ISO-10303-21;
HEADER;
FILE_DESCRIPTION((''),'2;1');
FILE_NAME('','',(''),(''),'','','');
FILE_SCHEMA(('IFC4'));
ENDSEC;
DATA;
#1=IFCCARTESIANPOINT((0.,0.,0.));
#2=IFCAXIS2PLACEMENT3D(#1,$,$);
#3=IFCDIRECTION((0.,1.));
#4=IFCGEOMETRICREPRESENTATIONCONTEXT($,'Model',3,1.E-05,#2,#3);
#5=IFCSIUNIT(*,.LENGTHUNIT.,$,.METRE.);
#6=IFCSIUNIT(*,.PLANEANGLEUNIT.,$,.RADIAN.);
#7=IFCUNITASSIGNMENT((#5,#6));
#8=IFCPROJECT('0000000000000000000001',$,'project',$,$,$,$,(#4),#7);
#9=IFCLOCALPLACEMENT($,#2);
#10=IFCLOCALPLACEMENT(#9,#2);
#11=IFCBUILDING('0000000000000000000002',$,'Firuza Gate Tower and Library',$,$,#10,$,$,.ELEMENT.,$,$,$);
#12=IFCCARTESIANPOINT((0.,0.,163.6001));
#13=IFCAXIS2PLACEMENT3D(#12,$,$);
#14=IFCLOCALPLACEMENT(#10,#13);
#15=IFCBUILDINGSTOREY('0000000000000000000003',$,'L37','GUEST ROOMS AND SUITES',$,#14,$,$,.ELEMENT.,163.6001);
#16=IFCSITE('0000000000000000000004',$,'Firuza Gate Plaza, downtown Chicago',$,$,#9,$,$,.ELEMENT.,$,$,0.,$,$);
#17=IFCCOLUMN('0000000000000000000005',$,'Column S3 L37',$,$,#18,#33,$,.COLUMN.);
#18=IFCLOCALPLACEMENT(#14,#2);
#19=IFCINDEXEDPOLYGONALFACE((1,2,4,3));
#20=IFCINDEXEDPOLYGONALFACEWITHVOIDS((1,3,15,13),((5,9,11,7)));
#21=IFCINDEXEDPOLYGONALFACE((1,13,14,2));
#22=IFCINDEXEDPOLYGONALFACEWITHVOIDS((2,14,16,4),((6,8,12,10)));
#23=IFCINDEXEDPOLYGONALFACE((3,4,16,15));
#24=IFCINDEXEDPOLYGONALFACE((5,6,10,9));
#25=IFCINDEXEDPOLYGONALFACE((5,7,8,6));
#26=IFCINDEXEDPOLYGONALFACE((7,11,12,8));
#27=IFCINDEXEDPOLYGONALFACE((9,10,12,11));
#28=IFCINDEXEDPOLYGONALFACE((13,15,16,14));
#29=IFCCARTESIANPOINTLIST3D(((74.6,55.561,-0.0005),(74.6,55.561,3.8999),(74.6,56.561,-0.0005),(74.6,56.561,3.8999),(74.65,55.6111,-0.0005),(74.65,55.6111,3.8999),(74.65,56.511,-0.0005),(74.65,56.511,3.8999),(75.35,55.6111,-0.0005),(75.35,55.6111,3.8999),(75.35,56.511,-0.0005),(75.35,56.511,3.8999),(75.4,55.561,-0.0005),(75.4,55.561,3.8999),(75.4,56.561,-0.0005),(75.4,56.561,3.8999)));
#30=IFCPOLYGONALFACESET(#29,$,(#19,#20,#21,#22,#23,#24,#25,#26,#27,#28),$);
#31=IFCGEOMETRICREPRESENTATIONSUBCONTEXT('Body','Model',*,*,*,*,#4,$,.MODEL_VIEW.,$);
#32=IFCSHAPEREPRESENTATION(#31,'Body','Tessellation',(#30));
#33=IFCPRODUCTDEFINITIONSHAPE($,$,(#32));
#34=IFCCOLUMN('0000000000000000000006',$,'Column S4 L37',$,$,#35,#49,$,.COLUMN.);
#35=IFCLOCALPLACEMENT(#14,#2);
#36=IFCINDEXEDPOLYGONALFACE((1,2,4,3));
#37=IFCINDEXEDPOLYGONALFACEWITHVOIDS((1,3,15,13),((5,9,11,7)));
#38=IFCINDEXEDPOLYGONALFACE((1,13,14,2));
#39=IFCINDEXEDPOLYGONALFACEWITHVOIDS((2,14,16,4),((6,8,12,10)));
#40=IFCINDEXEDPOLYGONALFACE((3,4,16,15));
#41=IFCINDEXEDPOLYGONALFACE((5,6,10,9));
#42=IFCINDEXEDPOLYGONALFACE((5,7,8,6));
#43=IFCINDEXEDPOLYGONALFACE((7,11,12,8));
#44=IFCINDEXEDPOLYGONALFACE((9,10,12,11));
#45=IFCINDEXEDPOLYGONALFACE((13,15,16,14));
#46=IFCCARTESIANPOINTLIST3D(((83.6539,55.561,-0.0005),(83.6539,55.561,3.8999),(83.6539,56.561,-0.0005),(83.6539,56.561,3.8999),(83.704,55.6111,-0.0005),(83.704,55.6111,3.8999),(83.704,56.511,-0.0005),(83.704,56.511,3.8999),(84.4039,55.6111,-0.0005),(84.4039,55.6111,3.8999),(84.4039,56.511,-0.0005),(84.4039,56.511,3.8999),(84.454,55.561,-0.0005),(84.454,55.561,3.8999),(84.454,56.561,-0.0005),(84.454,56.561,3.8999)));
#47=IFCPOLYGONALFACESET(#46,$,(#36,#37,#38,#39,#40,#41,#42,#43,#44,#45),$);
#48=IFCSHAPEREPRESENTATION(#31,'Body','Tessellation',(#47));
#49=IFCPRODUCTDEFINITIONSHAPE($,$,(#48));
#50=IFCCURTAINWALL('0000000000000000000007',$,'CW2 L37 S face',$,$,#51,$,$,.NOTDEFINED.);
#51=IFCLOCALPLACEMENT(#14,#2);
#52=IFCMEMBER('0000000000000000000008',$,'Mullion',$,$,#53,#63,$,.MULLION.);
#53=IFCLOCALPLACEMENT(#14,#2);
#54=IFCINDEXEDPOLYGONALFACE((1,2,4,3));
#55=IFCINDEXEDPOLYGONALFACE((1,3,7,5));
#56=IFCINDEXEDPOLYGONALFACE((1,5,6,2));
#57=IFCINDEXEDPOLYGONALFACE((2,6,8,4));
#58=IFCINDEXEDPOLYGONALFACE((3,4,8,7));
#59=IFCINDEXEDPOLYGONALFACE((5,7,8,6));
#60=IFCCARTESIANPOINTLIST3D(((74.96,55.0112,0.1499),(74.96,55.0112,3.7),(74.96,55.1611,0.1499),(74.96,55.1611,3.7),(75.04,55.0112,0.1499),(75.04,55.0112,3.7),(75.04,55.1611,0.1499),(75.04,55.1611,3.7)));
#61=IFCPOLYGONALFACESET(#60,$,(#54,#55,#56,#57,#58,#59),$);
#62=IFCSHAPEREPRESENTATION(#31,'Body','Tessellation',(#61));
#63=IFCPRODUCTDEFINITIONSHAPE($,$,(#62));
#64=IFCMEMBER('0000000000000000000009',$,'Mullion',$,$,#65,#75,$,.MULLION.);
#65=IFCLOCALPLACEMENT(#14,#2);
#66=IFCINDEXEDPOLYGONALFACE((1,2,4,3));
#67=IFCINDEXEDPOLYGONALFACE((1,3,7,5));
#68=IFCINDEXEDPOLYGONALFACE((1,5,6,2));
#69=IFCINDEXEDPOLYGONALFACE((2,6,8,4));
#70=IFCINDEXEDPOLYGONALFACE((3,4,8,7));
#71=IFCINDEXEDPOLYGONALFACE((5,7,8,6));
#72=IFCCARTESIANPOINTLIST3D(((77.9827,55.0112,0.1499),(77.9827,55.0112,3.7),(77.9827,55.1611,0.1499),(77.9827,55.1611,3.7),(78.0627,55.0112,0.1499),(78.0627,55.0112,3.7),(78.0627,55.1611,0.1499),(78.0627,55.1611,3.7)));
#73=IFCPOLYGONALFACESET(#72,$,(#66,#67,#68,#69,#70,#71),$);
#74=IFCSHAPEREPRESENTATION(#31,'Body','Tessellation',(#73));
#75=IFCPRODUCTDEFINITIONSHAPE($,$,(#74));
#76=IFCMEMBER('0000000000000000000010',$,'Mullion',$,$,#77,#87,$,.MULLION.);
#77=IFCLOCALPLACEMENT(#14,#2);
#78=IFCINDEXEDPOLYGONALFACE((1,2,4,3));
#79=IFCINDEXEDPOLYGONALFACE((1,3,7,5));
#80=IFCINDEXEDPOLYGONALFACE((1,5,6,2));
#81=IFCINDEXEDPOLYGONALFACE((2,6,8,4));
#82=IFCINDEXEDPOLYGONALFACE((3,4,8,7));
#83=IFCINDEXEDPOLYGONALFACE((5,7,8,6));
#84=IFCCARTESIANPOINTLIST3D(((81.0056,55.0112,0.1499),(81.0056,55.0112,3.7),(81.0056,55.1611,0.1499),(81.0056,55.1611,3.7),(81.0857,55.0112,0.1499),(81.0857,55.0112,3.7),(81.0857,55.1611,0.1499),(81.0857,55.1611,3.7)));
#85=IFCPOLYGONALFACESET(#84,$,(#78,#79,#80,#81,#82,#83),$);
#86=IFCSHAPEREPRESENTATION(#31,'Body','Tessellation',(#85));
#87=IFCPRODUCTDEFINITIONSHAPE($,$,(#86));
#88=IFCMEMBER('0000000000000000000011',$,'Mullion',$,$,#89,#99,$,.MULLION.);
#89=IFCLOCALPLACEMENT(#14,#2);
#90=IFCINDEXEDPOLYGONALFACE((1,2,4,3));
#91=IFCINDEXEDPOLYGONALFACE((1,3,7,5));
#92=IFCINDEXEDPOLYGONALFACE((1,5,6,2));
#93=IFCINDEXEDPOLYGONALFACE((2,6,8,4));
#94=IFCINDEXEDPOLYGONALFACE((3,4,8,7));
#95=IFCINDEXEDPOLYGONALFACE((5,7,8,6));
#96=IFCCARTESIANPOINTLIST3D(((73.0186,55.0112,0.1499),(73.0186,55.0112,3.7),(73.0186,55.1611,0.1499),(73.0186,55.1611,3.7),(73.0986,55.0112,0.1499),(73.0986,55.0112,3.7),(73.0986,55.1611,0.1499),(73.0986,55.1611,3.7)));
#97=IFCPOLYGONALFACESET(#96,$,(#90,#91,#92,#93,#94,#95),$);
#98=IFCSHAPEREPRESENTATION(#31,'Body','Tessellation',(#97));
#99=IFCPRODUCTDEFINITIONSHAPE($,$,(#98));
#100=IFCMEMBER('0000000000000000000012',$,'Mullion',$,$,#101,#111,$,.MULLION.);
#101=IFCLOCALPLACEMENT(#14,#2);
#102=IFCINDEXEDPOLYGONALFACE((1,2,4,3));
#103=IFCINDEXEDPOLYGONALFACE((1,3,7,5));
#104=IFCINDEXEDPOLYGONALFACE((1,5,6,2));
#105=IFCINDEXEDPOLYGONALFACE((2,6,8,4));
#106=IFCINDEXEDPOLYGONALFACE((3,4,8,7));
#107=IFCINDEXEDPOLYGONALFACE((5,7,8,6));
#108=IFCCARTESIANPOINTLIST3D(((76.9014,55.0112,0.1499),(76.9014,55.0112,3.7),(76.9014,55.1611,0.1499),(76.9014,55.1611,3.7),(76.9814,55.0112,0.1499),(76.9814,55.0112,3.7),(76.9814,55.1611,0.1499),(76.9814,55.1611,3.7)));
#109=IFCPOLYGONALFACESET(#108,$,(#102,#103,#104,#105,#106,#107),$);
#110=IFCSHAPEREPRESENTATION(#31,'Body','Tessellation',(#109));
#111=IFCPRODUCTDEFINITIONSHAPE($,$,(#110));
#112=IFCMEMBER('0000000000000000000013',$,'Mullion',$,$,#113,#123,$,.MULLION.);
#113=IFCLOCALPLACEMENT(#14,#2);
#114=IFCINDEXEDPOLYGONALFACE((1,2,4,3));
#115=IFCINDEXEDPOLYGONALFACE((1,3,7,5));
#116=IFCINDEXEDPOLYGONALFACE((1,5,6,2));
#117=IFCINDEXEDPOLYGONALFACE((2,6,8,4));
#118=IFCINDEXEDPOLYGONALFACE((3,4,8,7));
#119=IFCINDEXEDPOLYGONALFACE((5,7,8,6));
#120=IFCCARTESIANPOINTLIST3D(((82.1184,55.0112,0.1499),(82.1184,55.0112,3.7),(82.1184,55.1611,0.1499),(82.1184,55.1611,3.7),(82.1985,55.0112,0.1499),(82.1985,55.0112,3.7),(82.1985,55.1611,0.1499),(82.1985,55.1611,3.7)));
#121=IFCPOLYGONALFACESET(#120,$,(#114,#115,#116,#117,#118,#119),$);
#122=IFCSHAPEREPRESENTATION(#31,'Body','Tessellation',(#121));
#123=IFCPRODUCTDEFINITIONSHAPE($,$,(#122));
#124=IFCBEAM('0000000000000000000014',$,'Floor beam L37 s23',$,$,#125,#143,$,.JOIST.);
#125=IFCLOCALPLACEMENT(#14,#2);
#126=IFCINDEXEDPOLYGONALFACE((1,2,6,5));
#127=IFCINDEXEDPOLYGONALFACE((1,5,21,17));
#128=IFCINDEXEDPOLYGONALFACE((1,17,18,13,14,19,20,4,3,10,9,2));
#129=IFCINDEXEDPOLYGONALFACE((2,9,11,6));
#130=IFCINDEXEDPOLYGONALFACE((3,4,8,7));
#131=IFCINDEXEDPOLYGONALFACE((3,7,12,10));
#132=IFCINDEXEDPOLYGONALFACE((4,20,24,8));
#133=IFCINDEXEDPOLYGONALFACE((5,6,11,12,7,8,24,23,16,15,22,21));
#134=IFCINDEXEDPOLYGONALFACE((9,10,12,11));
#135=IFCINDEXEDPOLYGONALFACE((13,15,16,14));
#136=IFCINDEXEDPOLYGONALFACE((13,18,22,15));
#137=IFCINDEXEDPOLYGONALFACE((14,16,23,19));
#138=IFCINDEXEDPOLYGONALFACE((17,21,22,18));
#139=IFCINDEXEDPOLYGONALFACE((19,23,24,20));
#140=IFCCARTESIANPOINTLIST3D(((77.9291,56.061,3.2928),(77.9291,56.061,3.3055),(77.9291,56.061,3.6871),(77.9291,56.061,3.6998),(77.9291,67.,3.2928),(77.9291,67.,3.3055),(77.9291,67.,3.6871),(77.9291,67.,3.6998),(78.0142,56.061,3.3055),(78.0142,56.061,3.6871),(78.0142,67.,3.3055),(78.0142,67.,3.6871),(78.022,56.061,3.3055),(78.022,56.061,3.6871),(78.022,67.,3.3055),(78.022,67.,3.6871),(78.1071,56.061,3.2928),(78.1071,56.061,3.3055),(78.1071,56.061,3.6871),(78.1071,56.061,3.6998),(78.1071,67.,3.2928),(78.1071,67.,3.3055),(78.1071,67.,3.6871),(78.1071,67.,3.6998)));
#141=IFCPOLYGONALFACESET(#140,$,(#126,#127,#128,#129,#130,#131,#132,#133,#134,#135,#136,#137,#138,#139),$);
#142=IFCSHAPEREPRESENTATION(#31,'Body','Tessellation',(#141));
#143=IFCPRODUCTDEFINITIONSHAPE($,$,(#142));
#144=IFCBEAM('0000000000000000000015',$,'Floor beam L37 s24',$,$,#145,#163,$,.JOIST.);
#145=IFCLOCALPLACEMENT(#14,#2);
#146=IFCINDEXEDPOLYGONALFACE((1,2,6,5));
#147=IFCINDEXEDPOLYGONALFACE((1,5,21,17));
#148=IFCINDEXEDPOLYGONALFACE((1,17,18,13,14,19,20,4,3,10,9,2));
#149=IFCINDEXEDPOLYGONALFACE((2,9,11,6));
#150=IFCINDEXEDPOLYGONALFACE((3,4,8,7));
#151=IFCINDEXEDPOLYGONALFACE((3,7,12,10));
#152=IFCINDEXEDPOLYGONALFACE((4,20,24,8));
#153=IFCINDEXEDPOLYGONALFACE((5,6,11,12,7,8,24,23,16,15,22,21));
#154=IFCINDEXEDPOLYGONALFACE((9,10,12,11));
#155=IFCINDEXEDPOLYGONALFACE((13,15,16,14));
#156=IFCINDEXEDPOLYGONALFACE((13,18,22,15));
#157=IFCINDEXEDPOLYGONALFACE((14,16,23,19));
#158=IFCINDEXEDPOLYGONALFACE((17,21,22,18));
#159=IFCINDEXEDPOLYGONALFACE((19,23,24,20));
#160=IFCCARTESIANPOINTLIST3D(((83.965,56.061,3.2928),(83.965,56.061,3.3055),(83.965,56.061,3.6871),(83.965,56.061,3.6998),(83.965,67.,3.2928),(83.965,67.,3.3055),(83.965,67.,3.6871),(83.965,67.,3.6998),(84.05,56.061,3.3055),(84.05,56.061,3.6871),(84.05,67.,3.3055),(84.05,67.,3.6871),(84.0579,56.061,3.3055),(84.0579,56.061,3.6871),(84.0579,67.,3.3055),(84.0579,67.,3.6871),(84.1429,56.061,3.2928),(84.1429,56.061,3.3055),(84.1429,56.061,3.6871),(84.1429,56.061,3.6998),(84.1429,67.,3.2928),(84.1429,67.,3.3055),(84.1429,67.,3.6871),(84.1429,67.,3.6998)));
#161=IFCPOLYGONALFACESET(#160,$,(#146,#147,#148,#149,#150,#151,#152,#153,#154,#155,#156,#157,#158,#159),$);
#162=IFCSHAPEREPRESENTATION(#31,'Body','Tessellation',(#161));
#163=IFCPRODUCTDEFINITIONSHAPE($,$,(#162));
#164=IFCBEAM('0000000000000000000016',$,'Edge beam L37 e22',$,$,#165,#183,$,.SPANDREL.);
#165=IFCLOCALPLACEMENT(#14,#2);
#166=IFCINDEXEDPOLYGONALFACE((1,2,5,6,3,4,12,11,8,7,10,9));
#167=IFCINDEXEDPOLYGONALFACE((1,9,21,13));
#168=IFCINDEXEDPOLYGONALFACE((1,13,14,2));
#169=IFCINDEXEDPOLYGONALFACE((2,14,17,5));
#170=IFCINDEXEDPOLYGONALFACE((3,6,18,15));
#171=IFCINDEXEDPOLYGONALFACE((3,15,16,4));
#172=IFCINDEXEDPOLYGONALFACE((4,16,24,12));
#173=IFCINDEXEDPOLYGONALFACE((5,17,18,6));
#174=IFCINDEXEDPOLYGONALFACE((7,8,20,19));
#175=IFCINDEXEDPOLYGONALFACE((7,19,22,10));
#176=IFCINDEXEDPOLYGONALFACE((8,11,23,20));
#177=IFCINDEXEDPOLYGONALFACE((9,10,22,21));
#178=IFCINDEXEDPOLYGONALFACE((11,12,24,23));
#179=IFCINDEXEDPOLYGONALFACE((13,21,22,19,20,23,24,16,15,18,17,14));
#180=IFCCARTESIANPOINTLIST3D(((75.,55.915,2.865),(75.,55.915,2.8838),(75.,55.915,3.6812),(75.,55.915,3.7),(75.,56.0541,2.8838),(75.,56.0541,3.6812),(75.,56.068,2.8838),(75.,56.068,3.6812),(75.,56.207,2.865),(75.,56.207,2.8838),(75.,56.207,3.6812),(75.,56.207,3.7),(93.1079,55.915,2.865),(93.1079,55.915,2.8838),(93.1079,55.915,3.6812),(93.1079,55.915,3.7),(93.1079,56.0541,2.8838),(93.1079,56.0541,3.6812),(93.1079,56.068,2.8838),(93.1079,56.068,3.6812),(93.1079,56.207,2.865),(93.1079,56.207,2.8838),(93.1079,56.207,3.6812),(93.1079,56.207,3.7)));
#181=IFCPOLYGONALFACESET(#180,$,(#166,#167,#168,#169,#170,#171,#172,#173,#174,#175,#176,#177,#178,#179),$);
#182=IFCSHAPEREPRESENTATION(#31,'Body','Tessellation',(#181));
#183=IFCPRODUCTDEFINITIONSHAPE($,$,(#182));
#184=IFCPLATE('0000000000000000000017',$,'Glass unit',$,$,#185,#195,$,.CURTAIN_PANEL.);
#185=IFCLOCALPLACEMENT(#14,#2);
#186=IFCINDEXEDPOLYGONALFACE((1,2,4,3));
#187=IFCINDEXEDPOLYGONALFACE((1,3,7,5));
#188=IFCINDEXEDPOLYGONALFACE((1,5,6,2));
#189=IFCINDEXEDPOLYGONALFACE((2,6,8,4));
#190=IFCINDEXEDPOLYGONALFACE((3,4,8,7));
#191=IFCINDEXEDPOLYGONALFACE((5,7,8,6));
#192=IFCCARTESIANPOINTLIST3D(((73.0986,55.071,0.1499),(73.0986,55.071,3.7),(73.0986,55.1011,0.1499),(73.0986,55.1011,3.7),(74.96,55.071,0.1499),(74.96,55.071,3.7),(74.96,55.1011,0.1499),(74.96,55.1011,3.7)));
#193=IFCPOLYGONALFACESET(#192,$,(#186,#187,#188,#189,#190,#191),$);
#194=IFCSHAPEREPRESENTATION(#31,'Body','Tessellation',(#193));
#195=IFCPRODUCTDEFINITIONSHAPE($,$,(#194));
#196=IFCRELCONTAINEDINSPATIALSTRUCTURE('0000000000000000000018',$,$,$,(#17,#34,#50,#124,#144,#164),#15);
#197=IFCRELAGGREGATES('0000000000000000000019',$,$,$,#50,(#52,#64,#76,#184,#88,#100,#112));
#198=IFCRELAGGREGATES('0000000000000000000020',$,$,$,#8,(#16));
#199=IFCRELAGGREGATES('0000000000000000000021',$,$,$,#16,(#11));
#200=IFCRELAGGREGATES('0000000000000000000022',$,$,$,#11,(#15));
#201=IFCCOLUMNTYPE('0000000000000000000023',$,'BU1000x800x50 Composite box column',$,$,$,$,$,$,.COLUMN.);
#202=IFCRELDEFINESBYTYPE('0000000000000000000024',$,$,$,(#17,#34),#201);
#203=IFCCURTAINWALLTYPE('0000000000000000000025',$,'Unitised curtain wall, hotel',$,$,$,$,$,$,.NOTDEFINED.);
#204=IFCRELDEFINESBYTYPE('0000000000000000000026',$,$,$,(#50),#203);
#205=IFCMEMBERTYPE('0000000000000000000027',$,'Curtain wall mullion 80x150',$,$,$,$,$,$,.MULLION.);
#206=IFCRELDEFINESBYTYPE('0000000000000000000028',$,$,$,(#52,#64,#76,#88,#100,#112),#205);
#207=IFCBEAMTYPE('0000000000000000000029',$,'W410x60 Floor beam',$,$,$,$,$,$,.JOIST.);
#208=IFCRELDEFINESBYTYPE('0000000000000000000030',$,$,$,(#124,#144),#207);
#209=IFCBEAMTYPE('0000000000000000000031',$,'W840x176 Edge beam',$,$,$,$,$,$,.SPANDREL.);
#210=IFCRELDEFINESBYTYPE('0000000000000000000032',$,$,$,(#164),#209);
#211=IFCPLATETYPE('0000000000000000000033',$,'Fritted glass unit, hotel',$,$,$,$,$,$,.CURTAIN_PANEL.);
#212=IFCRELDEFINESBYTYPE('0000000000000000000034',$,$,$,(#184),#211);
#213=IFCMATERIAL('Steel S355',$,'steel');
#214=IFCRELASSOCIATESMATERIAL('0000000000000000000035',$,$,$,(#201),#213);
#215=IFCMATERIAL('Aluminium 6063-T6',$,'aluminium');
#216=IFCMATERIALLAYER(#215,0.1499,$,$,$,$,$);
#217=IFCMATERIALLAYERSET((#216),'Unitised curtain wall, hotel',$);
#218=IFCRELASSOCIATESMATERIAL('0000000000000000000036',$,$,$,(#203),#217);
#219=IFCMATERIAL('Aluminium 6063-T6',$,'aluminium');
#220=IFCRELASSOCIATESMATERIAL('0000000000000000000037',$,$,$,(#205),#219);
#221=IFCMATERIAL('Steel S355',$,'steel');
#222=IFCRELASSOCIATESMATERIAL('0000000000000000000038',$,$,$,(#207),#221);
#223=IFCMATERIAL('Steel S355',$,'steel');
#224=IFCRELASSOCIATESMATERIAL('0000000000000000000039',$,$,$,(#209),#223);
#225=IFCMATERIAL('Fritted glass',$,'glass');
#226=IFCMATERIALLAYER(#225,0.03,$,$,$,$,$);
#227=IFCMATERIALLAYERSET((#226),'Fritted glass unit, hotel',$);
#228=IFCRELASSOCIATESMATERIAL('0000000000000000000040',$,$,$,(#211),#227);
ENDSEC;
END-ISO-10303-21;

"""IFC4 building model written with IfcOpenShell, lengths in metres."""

from ifc_helpers import new_model, si_unit, direction, frame, origin, origin_2d, place, context, subcontext, project, spatial, polyline, rectangle, hollow_rectangle, i_section, outline, extrude, material, layer, layer_set, material_profile, profile_set, type_object, element, aggregate, save


model = new_model("IFC4")

# Units and contexts
model_context = context("Model", 3, precision=1e-05, world=origin(), true_north=direction((0.0, 1.0)))
body_context = subcontext(model_context, "Body", "Model", "MODEL_VIEW")
ifc_project = project(units=[si_unit("LENGTHUNIT", "METRE"), si_unit("PLANEANGLEUNIT", "RADIAN")], contexts=[model_context])

# Site, building, storey
site_placement = place(None, origin())
site = spatial("IfcSite", under=ifc_project, at=site_placement, Name="Firuza Gate Plaza, downtown Chicago", CompositionType="ELEMENT", RefElevation=0.0)
building_placement = place(site_placement, origin())
building = spatial("IfcBuilding", under=site, at=building_placement, Name="Firuza Gate Tower and Library", CompositionType="ELEMENT")
storey_placement = place(building_placement, frame((0.0, 0.0, 163.6001)))
storey = spatial("IfcBuildingStorey", under=building, at=storey_placement, Name="L37", Description="GUEST ROOMS AND SUITES", CompositionType="ELEMENT", Elevation=163.6001)

# Columns
ifc_material_1 = material(Name="Steel S355", Category="steel")
ifc_material_profile_1 = material_profile(ifc_material_1, hollow_rectangle(XDim=0.8, YDim=1.0, WallThickness=0.05, at=origin_2d()))
ifc_profile_set_1 = profile_set([ifc_material_profile_1], Name="Steel S355")
column_type = type_object("IfcColumnType", Name="BU1000x800x50 Composite box column", PredefinedType="COLUMN", material=ifc_profile_set_1)
for number, where, z_axis, x_axis, name in (
    (1, (75.0, 56.061, -0.0005), (0.0, 0.0, 1.0), (1.0, 0.0, 0.0), "Column S3 L37"),
    (2, (84.054, 56.061, -0.0005), (0.0, 0.0, 1.0), (1.0, 0.0, 0.0), "Column S4 L37"),
):
    element("IfcColumn", number, at=place(storey_placement, frame(where, z_axis=z_axis, x_axis=x_axis)), inside=storey, type_object=column_type, Name=name, PredefinedType="COLUMN", context=body_context, shape_type="SweptSolid", body=[
        extrude(hollow_rectangle(XDim=0.8, YDim=1.0, WallThickness=0.05, at=origin_2d()), origin(), (0.0, 0.0, 1.0), 3.9004),
    ])

# Curtain wall, members
ifc_material_2 = material(Name="Aluminium 6063-T6", Category="aluminium")
ifc_layer_1 = layer(ifc_material_2, 0.1499)
ifc_layer_set_1 = layer_set([ifc_layer_1], Name="Unitised curtain wall, hotel")
curtain_wall_type = type_object("IfcCurtainWallType", Name="Unitised curtain wall, hotel", PredefinedType="NOTDEFINED", material=ifc_layer_set_1)
curtain_wall_placement = place(storey_placement, origin())
curtain_wall = element("IfcCurtainWall", 3, at=curtain_wall_placement, inside=storey, type_object=curtain_wall_type, Name="CW2 L37 S face", PredefinedType="NOTDEFINED")
ifc_material_3 = material(Name="Aluminium 6063-T6", Category="aluminium")
ifc_material_profile_2 = material_profile(ifc_material_3, rectangle(XDim=0.1499, YDim=0.0801, at=origin_2d()))
ifc_profile_set_2 = profile_set([ifc_material_profile_2], Name="Aluminium 6063-T6")
member_type = type_object("IfcMemberType", Name="Curtain wall mullion 80x150", PredefinedType="MULLION", material=ifc_profile_set_2)
member_1_placement = place(storey_placement, frame((75.0, 55.0862, 0.1499), z_axis=(0.0, 0.0, 1.0), x_axis=(0.0, 1.0, 0.0)))
member_1 = element("IfcMember", 4, at=member_1_placement, type_object=member_type, Name="Mullion", PredefinedType="MULLION", context=body_context, shape_type="SweptSolid", body=[
    extrude(rectangle(XDim=0.1499, YDim=0.0801, at=origin_2d()), origin(), (0.0, 0.0, 1.0), 3.55),
])
member_2_placement = place(storey_placement, frame((78.0227, 55.0862, 0.1499), z_axis=(0.0, 0.0, 1.0), x_axis=(0.0, 1.0, 0.0)))
member_2 = element("IfcMember", 5, at=member_2_placement, type_object=member_type, Name="Mullion", PredefinedType="MULLION", context=body_context, shape_type="SweptSolid", body=[
    extrude(rectangle(XDim=0.1499, YDim=0.0801, at=origin_2d()), origin(), (0.0, 0.0, 1.0), 3.55),
])
member_3_placement = place(storey_placement, frame((81.0457, 55.0862, 0.1499), z_axis=(0.0, 0.0, 1.0), x_axis=(0.0, 1.0, 0.0)))
member_3 = element("IfcMember", 6, at=member_3_placement, type_object=member_type, Name="Mullion", PredefinedType="MULLION", context=body_context, shape_type="SweptSolid", body=[
    extrude(rectangle(XDim=0.1499, YDim=0.0801, at=origin_2d()), origin(), (0.0, 0.0, 1.0), 3.55),
])
member_4_placement = place(storey_placement, frame((73.0586, 55.0862, 0.1499), z_axis=(0.0, 0.0, 1.0), x_axis=(0.0, 1.0, 0.0)))
member_4 = element("IfcMember", 7, at=member_4_placement, type_object=member_type, Name="Mullion", PredefinedType="MULLION", context=body_context, shape_type="SweptSolid", body=[
    extrude(rectangle(XDim=0.1499, YDim=0.0801, at=origin_2d()), origin(), (0.0, 0.0, 1.0), 3.55),
])
member_5_placement = place(storey_placement, frame((76.9414, 55.0862, 0.1499), z_axis=(0.0, 0.0, 1.0), x_axis=(0.0, 1.0, 0.0)))
member_5 = element("IfcMember", 8, at=member_5_placement, type_object=member_type, Name="Mullion", PredefinedType="MULLION", context=body_context, shape_type="SweptSolid", body=[
    extrude(rectangle(XDim=0.1499, YDim=0.0801, at=origin_2d()), origin(), (0.0, 0.0, 1.0), 3.55),
])
member_6_placement = place(storey_placement, frame((82.1584, 55.0862, 0.1499), z_axis=(0.0, 0.0, 1.0), x_axis=(0.0, 1.0, 0.0)))
member_6 = element("IfcMember", 9, at=member_6_placement, type_object=member_type, Name="Mullion", PredefinedType="MULLION", context=body_context, shape_type="SweptSolid", body=[
    extrude(rectangle(XDim=0.1499, YDim=0.0801, at=origin_2d()), origin(), (0.0, 0.0, 1.0), 3.55),
])

# Beams
ifc_material_4 = material(Name="Steel S355", Category="steel")
ifc_material_profile_3 = material_profile(ifc_material_4, i_section(OverallWidth=0.178, OverallDepth=0.407, WebThickness=0.0078, FlangeThickness=0.0127, at=origin_2d()))
ifc_profile_set_3 = profile_set([ifc_material_profile_3], Name="Steel S355")
beam_type_1 = type_object("IfcBeamType", Name="W410x60 Floor beam", PredefinedType="JOIST", material=ifc_profile_set_3)
for number, where, z_axis, x_axis, name in (
    (10, (78.0181, 56.061, 3.4963), (0.0, 1.0, 0.0), (-1.0, 0.0, 0.0), "Floor beam L37 s23"),
    (11, (84.054, 56.061, 3.4963), (0.0, 1.0, 0.0), (-1.0, 0.0, 0.0), "Floor beam L37 s24"),
):
    element("IfcBeam", number, at=place(storey_placement, frame(where, z_axis=z_axis, x_axis=x_axis)), inside=storey, type_object=beam_type_1, Name=name, PredefinedType="JOIST", context=body_context, shape_type="SweptSolid", body=[
        extrude(i_section(OverallWidth=0.178, OverallDepth=0.407, WebThickness=0.0078, FlangeThickness=0.0127, at=origin_2d()), origin(), (0.0, 0.0, 1.0), 10.939),
    ])
ifc_material_5 = material(Name="Steel S355", Category="steel")
ifc_material_profile_4 = material_profile(ifc_material_5, i_section(OverallWidth=0.292, OverallDepth=0.835, WebThickness=0.0139, FlangeThickness=0.0188, at=origin_2d()))
ifc_profile_set_4 = profile_set([ifc_material_profile_4], Name="Steel S355")
beam_type_2 = type_object("IfcBeamType", Name="W840x176 Edge beam", PredefinedType="SPANDREL", material=ifc_profile_set_4)
beam_placement = place(storey_placement, frame((75.0, 56.061, 3.2825), z_axis=(1.0, 0.0, 0.0), x_axis=(0.0, 1.0, 0.0)))
element("IfcBeam", 12, at=beam_placement, inside=storey, type_object=beam_type_2, Name="Edge beam L37 e22", PredefinedType="SPANDREL", context=body_context, shape_type="SweptSolid", body=[
    extrude(i_section(OverallWidth=0.292, OverallDepth=0.835, WebThickness=0.0139, FlangeThickness=0.0188, at=origin_2d()), origin(), (0.0, 0.0, 1.0), 18.1079),
])

# Plate
ifc_material_6 = material(Name="Fritted glass", Category="glass")
ifc_layer_2 = layer(ifc_material_6, 0.03)
ifc_layer_set_2 = layer_set([ifc_layer_2], Name="Fritted glass unit, hotel")
plate_type_1 = type_object("IfcPlateType", Name="Fritted glass unit, hotel", PredefinedType="CURTAIN_PANEL", material=ifc_layer_set_2)
plate_1_placement = place(storey_placement, frame((73.0986, 55.071, 0.1499), z_axis=(0.0, -1.0, 0.0), x_axis=(1.0, 0.0, 0.0)))
plate_1 = element("IfcPlate", 13, at=plate_1_placement, type_object=plate_type_1, Name="Glass unit", PredefinedType="CURTAIN_PANEL", context=body_context, shape_type="SweptSolid", body=[
    extrude(outline(polyline([(0.0, 0.0), (1.8613, 0.0), (1.8613, 3.55), (0.0, 3.55), (0.0, 0.0)])), origin(), (0.0, 0.0, -1.0), 0.03),
])
aggregate(curtain_wall, [member_1, member_2, member_3, plate_1, member_4, member_5, member_6])

save(model, "model.ifc")
